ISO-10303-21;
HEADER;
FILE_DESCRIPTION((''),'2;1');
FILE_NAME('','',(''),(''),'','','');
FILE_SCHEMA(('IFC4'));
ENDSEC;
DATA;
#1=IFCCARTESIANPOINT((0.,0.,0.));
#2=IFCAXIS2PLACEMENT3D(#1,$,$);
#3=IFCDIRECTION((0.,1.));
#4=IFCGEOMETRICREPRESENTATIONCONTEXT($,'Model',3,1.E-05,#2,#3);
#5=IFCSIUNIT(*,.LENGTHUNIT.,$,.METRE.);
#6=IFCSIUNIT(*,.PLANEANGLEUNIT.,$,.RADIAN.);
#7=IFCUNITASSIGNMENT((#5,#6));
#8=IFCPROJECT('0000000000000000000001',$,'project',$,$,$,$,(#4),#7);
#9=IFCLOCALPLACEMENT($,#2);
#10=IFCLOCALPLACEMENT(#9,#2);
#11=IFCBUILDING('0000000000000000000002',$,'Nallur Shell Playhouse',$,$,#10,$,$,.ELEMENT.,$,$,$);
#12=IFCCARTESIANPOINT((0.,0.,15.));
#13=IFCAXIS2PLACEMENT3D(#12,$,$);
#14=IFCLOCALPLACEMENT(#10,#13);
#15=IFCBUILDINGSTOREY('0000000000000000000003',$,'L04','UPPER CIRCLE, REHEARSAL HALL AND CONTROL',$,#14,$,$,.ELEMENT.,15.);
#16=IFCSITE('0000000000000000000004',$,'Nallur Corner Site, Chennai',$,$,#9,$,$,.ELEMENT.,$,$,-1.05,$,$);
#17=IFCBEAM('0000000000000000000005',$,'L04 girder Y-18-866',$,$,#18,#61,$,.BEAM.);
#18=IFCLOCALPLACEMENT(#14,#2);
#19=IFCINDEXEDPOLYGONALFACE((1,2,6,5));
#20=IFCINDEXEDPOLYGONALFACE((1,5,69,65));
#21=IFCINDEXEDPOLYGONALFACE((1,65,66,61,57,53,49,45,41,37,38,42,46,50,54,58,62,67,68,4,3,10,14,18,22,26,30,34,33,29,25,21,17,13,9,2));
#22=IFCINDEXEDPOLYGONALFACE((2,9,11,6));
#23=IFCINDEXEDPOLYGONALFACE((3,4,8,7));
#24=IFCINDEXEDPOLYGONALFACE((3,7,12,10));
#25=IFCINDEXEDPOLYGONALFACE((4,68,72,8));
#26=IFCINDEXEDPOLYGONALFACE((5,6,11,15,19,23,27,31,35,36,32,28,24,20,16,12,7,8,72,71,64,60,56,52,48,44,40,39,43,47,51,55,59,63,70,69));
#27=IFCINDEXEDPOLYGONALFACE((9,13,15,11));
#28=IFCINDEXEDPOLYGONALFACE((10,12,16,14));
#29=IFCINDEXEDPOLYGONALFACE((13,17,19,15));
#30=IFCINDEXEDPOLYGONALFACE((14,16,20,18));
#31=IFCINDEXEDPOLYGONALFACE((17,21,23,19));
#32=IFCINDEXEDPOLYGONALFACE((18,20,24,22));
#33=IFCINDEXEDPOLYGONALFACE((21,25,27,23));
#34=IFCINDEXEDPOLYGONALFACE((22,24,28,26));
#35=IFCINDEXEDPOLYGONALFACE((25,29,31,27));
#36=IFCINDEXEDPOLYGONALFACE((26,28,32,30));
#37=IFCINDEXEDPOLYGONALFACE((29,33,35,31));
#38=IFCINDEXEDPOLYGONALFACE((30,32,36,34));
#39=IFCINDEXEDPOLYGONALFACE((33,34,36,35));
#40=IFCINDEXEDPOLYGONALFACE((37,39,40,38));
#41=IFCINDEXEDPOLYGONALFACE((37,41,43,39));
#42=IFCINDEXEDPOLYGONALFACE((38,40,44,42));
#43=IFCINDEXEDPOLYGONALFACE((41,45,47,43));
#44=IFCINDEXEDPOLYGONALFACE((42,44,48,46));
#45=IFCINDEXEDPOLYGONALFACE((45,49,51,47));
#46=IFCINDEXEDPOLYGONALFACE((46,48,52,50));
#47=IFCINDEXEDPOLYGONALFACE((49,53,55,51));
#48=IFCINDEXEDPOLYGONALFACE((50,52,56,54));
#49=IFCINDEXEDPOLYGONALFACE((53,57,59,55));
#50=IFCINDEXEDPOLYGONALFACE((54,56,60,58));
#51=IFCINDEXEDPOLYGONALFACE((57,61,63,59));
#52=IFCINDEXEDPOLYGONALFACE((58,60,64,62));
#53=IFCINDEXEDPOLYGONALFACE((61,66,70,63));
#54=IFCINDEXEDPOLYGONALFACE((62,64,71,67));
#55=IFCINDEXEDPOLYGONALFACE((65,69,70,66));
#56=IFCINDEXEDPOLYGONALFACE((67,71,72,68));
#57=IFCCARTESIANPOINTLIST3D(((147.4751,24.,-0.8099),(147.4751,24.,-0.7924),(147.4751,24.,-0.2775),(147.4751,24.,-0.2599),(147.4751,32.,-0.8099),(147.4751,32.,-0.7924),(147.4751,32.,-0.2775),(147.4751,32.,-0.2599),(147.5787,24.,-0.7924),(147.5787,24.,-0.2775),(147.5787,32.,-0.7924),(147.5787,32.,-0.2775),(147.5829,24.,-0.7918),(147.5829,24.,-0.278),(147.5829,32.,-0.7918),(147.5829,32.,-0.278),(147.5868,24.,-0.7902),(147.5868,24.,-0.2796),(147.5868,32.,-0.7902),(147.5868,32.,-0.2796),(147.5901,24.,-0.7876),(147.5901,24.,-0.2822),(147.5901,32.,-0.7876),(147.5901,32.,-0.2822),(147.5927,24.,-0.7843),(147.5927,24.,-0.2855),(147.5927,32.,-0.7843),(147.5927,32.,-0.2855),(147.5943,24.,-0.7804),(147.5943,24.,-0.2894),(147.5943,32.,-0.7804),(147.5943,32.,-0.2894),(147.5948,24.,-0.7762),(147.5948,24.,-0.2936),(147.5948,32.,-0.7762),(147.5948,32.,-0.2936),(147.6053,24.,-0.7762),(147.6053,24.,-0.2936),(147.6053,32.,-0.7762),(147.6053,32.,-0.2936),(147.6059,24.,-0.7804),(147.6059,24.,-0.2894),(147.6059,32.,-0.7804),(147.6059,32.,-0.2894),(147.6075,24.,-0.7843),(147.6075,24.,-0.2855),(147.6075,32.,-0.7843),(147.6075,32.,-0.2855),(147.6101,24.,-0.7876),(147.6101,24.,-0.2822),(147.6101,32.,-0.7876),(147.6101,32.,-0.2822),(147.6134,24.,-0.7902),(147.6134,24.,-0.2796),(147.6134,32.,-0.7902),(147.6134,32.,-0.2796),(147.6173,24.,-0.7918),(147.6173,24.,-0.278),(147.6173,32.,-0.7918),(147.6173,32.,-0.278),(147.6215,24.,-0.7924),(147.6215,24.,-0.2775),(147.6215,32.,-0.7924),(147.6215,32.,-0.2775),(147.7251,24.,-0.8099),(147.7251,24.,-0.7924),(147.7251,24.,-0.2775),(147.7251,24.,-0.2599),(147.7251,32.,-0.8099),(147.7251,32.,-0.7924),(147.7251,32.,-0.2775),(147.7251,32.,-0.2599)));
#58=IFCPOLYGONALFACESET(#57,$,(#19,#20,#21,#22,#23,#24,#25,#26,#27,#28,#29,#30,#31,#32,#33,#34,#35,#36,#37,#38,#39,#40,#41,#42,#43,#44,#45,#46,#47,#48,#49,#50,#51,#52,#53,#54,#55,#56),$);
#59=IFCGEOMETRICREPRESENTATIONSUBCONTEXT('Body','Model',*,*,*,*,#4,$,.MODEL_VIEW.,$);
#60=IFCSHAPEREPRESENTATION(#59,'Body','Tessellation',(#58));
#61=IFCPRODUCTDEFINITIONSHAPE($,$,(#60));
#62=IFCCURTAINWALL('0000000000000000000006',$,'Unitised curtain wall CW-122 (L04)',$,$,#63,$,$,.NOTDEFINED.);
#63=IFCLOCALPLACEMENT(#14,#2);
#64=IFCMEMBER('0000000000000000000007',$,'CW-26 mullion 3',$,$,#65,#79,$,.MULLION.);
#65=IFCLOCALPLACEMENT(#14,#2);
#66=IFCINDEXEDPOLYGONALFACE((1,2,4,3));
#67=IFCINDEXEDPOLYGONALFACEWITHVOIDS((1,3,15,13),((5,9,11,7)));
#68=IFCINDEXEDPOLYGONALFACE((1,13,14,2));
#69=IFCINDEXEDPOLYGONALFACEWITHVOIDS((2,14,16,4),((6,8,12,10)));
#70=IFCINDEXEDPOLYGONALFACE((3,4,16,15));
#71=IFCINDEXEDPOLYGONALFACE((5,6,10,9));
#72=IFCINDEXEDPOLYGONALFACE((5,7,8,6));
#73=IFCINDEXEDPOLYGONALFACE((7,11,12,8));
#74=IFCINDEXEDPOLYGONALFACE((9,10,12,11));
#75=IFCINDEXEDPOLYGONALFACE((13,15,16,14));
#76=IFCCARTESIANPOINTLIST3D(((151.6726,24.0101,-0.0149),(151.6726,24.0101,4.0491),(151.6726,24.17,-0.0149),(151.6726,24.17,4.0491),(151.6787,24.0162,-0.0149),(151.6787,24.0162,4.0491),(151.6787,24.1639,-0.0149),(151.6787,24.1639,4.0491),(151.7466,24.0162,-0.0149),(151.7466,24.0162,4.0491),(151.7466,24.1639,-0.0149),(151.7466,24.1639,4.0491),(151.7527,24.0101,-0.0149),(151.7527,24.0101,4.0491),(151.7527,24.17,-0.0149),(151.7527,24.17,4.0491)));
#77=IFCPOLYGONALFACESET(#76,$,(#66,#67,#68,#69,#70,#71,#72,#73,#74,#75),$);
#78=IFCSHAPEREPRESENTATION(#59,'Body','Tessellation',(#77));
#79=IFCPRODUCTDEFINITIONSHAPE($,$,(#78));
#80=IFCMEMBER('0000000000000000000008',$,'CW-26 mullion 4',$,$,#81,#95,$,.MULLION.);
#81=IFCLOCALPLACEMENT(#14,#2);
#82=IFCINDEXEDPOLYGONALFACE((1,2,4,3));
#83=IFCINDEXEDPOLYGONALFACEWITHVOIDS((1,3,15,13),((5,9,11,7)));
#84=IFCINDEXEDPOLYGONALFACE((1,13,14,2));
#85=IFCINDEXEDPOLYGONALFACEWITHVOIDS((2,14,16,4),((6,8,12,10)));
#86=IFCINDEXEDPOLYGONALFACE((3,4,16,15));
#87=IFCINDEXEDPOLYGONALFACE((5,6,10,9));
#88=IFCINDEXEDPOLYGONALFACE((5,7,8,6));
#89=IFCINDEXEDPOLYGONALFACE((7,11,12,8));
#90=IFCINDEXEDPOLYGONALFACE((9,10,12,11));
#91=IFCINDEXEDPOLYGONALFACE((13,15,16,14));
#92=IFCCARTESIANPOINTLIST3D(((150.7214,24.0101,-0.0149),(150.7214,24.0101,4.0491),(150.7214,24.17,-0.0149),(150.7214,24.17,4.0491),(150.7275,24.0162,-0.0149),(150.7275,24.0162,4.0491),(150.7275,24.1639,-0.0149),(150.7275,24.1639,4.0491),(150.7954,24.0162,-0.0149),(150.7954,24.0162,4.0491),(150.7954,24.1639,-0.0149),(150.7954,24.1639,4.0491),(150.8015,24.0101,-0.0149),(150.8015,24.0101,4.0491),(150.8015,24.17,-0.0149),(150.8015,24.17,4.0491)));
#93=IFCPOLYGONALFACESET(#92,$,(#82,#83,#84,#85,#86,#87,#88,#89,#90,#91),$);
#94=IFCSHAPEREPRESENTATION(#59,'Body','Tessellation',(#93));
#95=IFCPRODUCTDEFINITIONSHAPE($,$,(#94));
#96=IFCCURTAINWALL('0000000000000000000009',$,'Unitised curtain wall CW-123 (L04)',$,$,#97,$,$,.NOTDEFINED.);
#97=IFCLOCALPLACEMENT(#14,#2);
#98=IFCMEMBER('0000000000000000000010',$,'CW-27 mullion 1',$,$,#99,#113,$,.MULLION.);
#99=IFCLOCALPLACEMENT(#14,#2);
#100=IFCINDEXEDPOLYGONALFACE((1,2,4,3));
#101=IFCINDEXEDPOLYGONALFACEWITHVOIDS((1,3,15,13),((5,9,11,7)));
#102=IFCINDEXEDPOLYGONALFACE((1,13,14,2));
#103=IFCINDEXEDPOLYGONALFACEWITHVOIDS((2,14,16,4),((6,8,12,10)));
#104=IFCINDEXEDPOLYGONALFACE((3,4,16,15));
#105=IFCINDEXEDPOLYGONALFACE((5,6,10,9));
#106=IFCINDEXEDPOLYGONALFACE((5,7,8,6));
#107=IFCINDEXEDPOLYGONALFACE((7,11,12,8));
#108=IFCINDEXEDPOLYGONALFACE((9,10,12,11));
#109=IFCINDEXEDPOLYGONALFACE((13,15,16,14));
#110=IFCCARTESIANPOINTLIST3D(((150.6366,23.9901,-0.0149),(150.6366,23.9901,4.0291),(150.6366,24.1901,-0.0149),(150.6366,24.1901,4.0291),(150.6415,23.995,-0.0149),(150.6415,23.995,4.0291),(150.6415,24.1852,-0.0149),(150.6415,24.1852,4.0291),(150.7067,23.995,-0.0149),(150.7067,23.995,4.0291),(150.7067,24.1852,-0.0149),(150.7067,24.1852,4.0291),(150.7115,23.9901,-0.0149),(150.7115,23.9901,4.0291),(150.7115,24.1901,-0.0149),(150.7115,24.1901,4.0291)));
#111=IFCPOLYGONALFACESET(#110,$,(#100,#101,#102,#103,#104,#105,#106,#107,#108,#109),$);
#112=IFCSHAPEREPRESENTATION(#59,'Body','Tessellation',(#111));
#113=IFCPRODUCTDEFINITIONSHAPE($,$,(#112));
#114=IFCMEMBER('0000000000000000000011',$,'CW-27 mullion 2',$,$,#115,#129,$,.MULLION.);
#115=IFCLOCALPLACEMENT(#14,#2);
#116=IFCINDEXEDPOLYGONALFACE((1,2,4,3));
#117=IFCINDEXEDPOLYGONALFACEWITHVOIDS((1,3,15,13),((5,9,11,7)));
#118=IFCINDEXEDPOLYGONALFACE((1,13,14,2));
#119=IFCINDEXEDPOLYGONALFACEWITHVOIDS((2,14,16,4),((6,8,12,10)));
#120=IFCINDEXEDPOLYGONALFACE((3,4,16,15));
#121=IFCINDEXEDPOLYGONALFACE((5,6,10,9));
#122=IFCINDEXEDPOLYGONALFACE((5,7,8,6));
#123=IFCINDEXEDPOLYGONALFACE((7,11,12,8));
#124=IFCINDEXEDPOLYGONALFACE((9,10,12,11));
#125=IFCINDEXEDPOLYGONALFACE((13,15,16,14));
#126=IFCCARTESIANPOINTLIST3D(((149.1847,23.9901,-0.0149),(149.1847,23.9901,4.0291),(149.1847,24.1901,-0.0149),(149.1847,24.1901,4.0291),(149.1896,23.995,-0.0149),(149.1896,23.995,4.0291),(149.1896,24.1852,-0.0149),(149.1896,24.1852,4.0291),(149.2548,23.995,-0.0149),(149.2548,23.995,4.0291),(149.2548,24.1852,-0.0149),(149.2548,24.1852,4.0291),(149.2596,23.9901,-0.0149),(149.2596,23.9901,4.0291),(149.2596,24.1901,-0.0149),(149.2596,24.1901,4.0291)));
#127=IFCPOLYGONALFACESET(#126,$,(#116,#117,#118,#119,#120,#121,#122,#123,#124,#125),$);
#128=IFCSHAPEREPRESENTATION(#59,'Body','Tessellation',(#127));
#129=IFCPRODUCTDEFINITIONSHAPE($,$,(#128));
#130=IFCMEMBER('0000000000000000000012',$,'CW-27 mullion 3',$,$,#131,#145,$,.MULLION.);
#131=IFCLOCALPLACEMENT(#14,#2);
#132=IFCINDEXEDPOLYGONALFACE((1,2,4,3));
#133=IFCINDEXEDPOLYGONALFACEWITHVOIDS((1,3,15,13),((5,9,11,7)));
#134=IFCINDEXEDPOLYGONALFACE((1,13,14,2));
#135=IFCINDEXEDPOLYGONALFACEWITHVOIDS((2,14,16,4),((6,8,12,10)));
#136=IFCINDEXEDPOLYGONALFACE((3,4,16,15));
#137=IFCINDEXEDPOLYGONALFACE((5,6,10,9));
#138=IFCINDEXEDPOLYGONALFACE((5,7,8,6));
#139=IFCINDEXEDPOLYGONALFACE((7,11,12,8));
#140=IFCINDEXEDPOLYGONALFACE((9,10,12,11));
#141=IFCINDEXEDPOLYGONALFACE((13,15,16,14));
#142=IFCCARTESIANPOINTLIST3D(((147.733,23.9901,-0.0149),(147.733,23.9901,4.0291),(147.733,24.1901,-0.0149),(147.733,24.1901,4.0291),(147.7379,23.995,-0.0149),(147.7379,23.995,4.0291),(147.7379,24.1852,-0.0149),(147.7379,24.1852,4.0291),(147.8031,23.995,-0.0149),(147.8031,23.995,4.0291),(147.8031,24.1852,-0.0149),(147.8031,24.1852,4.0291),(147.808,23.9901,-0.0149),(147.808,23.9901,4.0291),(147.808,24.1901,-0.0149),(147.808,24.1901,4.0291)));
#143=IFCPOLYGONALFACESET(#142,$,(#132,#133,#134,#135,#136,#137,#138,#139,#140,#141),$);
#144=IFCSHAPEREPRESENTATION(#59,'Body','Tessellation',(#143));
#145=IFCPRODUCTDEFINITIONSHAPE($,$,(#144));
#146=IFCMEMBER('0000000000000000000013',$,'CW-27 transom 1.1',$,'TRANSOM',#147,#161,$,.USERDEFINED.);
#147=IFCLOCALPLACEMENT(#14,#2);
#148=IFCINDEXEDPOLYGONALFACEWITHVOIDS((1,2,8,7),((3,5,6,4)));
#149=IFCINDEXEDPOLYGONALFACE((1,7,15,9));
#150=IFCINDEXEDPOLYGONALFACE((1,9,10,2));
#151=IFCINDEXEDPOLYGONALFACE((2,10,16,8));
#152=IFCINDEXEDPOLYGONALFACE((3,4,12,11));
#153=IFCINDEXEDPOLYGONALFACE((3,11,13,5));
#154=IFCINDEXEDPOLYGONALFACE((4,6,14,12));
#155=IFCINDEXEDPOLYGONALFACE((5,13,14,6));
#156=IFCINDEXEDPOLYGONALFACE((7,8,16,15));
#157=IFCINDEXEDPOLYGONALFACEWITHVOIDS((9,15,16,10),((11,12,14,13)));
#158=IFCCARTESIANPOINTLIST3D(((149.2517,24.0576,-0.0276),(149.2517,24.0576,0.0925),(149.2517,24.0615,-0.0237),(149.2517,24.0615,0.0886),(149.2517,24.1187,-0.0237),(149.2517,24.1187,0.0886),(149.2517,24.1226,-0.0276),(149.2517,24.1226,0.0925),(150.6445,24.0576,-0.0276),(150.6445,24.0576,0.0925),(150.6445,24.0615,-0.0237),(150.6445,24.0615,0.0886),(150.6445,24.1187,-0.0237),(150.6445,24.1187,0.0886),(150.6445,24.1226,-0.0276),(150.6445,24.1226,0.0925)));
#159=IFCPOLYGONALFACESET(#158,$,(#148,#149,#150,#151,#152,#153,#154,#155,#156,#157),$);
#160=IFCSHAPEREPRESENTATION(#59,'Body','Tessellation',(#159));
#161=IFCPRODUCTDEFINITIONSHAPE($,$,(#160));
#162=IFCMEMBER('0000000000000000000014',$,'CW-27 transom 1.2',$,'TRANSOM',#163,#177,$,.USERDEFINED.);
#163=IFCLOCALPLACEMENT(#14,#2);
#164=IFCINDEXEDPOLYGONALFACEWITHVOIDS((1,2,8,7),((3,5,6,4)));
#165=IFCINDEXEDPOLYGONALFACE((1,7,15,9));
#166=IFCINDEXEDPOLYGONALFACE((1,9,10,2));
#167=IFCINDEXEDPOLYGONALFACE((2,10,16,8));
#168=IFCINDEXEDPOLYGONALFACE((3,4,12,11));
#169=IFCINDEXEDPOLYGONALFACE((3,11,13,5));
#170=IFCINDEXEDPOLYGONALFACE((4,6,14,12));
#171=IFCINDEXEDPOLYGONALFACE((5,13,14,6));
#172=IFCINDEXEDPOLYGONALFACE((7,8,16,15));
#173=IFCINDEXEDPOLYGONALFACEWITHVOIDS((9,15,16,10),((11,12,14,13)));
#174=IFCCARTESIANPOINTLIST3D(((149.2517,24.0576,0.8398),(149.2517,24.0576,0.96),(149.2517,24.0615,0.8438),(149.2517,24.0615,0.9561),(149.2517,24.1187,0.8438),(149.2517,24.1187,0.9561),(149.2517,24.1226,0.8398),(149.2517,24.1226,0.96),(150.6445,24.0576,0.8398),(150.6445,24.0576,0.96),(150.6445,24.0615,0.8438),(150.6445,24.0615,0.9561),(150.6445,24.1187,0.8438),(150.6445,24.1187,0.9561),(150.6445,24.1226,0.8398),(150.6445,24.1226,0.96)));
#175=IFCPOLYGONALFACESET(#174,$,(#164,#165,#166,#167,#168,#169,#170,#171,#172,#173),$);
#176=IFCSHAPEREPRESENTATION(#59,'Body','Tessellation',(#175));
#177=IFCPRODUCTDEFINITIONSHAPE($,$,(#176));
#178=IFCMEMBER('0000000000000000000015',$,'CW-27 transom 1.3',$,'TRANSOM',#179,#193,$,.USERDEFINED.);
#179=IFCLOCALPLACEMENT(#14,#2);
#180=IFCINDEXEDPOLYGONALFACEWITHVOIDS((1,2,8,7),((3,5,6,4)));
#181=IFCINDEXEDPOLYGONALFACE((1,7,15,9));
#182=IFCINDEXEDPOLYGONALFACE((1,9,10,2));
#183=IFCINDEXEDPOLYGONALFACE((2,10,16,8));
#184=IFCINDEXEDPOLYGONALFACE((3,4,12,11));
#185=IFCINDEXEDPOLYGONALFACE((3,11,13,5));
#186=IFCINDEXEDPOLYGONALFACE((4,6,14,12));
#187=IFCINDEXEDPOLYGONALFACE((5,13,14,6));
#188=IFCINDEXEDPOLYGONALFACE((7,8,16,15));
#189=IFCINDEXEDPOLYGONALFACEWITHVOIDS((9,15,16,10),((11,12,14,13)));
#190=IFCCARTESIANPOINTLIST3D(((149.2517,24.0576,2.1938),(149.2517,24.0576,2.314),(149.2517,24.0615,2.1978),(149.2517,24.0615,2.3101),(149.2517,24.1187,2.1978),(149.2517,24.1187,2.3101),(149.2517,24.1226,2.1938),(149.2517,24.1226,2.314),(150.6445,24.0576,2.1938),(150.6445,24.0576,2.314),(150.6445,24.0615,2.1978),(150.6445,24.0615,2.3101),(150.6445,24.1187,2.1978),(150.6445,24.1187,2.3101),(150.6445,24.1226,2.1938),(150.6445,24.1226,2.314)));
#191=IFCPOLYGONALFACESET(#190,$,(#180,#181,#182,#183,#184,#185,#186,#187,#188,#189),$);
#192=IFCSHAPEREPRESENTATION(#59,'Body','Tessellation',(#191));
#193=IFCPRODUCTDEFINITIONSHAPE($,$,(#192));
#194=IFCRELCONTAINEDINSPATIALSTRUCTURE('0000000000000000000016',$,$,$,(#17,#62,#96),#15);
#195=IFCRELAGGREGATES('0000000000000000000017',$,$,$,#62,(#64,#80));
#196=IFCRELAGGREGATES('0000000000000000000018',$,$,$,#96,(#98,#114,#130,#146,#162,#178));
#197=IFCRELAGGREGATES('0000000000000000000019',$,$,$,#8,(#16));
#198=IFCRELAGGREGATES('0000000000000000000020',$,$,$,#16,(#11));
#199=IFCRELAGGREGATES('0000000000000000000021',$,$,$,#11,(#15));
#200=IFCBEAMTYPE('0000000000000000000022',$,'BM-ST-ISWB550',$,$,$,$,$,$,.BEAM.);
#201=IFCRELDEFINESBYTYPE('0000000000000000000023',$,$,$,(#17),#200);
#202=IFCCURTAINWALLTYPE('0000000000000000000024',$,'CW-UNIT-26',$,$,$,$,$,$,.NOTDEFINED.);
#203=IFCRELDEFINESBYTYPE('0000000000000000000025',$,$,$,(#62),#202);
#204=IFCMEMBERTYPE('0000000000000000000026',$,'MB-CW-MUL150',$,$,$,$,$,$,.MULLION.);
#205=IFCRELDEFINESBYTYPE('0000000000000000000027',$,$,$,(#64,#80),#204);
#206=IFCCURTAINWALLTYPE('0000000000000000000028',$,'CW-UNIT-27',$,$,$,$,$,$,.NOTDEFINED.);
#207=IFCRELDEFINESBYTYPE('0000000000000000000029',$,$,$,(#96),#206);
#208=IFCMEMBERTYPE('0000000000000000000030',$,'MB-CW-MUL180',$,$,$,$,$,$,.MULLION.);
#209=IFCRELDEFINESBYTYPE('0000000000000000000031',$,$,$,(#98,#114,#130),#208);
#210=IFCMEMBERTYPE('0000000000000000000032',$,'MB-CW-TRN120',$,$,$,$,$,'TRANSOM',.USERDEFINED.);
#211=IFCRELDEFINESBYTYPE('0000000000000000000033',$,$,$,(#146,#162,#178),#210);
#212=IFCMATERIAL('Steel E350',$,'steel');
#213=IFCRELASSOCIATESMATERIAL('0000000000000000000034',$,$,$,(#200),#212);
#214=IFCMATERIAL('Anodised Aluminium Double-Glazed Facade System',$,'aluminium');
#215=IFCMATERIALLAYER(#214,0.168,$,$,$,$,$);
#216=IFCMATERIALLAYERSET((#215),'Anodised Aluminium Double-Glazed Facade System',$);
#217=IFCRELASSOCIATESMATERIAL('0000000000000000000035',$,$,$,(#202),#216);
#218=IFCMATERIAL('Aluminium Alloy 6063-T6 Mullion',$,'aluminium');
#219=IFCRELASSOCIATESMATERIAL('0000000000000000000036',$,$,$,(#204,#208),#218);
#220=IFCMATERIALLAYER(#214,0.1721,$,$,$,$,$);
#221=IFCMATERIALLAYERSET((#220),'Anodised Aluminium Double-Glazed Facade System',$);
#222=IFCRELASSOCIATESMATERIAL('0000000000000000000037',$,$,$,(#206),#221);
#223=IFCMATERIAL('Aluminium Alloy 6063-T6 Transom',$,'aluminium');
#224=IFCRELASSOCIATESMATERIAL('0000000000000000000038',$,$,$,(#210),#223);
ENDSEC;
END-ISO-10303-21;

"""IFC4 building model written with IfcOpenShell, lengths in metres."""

from ifc_helpers import new_model, si_unit, direction, frame, origin, origin_2d, place, context, subcontext, project, spatial, hollow_rectangle, i_section, extrude, material, layer, layer_set, material_profile, profile_set, type_object, element, aggregate, save


model = new_model("IFC4")

# Units and contexts
model_context = context("Model", 3, precision=1e-05, world=origin(), true_north=direction((0.0, 1.0)))
body_context = subcontext(model_context, "Body", "Model", "MODEL_VIEW")
ifc_project = project(units=[si_unit("LENGTHUNIT", "METRE"), si_unit("PLANEANGLEUNIT", "RADIAN")], contexts=[model_context])

# Site, building, storey
site_placement = place(None, origin())
site = spatial("IfcSite", under=ifc_project, at=site_placement, Name="Nallur Corner Site, Chennai", CompositionType="ELEMENT", RefElevation=-1.05)
building_placement = place(site_placement, origin())
building = spatial("IfcBuilding", under=site, at=building_placement, Name="Nallur Shell Playhouse", CompositionType="ELEMENT")
storey_placement = place(building_placement, frame((0.0, 0.0, 15.0)))
storey = spatial("IfcBuildingStorey", under=building, at=storey_placement, Name="L04", Description="UPPER CIRCLE, REHEARSAL HALL AND CONTROL", CompositionType="ELEMENT", Elevation=15.0)

# Beam
ifc_material_1 = material(Name="Steel E350", Category="steel")
ifc_material_profile_1 = material_profile(ifc_material_1, i_section(OverallWidth=0.25, OverallDepth=0.55, WebThickness=0.0105, FlangeThickness=0.0176, FilletRadius=0.0161, at=origin_2d()), Name="ISWB 550")
ifc_profile_set_1 = profile_set([ifc_material_profile_1], Name="Steel E350")
beam_type = type_object("IfcBeamType", Name="BM-ST-ISWB550", PredefinedType="BEAM", material=ifc_profile_set_1)
beam_placement = place(storey_placement, frame((147.6001, 24.0, -0.5349), z_axis=(0.0, 1.0, 0.0), x_axis=(-1.0, 0.0, 0.0)))
element("IfcBeam", 1, at=beam_placement, inside=storey, type_object=beam_type, Name="L04 girder Y-18-866", PredefinedType="BEAM", context=body_context, shape_type="SweptSolid", body=[
    extrude(i_section(OverallWidth=0.25, OverallDepth=0.55, WebThickness=0.0105, FlangeThickness=0.0176, FilletRadius=0.0161, at=origin_2d()), origin(), (0.0, 0.0, 1.0), 8.0),
])

# Curtain walls, members
ifc_material_2 = material(Name="Anodised Aluminium Double-Glazed Facade System", Category="aluminium")
ifc_layer_1 = layer(ifc_material_2, 0.168)
ifc_layer_set_1 = layer_set([ifc_layer_1], Name="Anodised Aluminium Double-Glazed Facade System")
curtain_wall_type_1 = type_object("IfcCurtainWallType", Name="CW-UNIT-26", PredefinedType="NOTDEFINED", material=ifc_layer_set_1)
curtain_wall_1_placement = place(storey_placement, origin())
curtain_wall_1 = element("IfcCurtainWall", 2, at=curtain_wall_1_placement, inside=storey, type_object=curtain_wall_type_1, Name="Unitised curtain wall CW-122 (L04)", PredefinedType="NOTDEFINED")
ifc_material_3 = material(Name="Aluminium Alloy 6063-T6 Mullion", Category="aluminium")
ifc_material_profile_2 = material_profile(ifc_material_3, hollow_rectangle(XDim=0.0801, YDim=0.1599, WallThickness=0.0061, at=origin_2d()), Name="RHS 160x80x6")
ifc_profile_set_2 = profile_set([ifc_material_profile_2], Name="Aluminium Alloy 6063-T6 Mullion")
member_type_1 = type_object("IfcMemberType", Name="MB-CW-MUL150", PredefinedType="MULLION", material=ifc_profile_set_2)
member_1_placement = place(storey_placement, frame((151.7126, 24.0901, -0.0149), z_axis=(0.0, 0.0, 1.0), x_axis=(-1.0, 0.0, 0.0)))
member_1 = element("IfcMember", 3, at=member_1_placement, type_object=member_type_1, Name="CW-26 mullion 3", PredefinedType="MULLION", context=body_context, shape_type="SweptSolid", body=[
    extrude(hollow_rectangle(XDim=0.0801, YDim=0.1599, WallThickness=0.0061, at=origin_2d()), origin(), (0.0, 0.0, 1.0), 4.064),
])
member_2_placement = place(storey_placement, frame((150.7615, 24.0901, -0.0149), z_axis=(0.0, 0.0, 1.0), x_axis=(-1.0, 0.0, 0.0)))
member_2 = element("IfcMember", 4, at=member_2_placement, type_object=member_type_1, Name="CW-26 mullion 4", PredefinedType="MULLION", context=body_context, shape_type="SweptSolid", body=[
    extrude(hollow_rectangle(XDim=0.0801, YDim=0.1599, WallThickness=0.0061, at=origin_2d()), origin(), (0.0, 0.0, 1.0), 4.064),
])
ifc_layer_2 = layer(ifc_material_2, 0.1721)
ifc_layer_set_2 = layer_set([ifc_layer_2], Name="Anodised Aluminium Double-Glazed Facade System")
curtain_wall_type_2 = type_object("IfcCurtainWallType", Name="CW-UNIT-27", PredefinedType="NOTDEFINED", material=ifc_layer_set_2)
curtain_wall_2_placement = place(storey_placement, origin())
curtain_wall_2 = element("IfcCurtainWall", 5, at=curtain_wall_2_placement, inside=storey, type_object=curtain_wall_type_2, Name="Unitised curtain wall CW-123 (L04)", PredefinedType="NOTDEFINED")
ifc_material_profile_3 = material_profile(ifc_material_3, hollow_rectangle(XDim=0.075, YDim=0.2, WallThickness=0.0049, at=origin_2d()), Name="ALU 75x200x5")
ifc_profile_set_3 = profile_set([ifc_material_profile_3], Name="Aluminium Alloy 6063-T6 Mullion")
member_type_2 = type_object("IfcMemberType", Name="MB-CW-MUL180", PredefinedType="MULLION", material=ifc_profile_set_3)
member_3_placement = place(storey_placement, frame((150.6741, 24.0901, -0.0149), z_axis=(0.0, 0.0, 1.0), x_axis=(-1.0, 0.0, 0.0)))
member_3 = element("IfcMember", 6, at=member_3_placement, type_object=member_type_2, Name="CW-27 mullion 1", PredefinedType="MULLION", context=body_context, shape_type="SweptSolid", body=[
    extrude(hollow_rectangle(XDim=0.075, YDim=0.2, WallThickness=0.0049, at=origin_2d()), origin(), (0.0, 0.0, 1.0), 4.0439),
])
member_4_placement = place(storey_placement, frame((149.2222, 24.0901, -0.0149), z_axis=(0.0, 0.0, 1.0), x_axis=(-1.0, 0.0, 0.0)))
member_4 = element("IfcMember", 7, at=member_4_placement, type_object=member_type_2, Name="CW-27 mullion 2", PredefinedType="MULLION", context=body_context, shape_type="SweptSolid", body=[
    extrude(hollow_rectangle(XDim=0.075, YDim=0.2, WallThickness=0.0049, at=origin_2d()), origin(), (0.0, 0.0, 1.0), 4.0439),
])
member_5_placement = place(storey_placement, frame((147.7705, 24.0901, -0.0149), z_axis=(0.0, 0.0, 1.0), x_axis=(-1.0, 0.0, 0.0)))
member_5 = element("IfcMember", 8, at=member_5_placement, type_object=member_type_2, Name="CW-27 mullion 3", PredefinedType="MULLION", context=body_context, shape_type="SweptSolid", body=[
    extrude(hollow_rectangle(XDim=0.075, YDim=0.2, WallThickness=0.0049, at=origin_2d()), origin(), (0.0, 0.0, 1.0), 4.0439),
])
ifc_material_4 = material(Name="Aluminium Alloy 6063-T6 Transom", Category="aluminium")
ifc_material_profile_4 = material_profile(ifc_material_4, hollow_rectangle(XDim=0.0649, YDim=0.1201, WallThickness=0.0039, at=origin_2d()), Name="ALU 65x120x4")
ifc_profile_set_4 = profile_set([ifc_material_profile_4], Name="Aluminium Alloy 6063-T6 Transom")
member_type_3 = type_object("IfcMemberType", Name="MB-CW-TRN120", ElementType="TRANSOM", PredefinedType="USERDEFINED", material=ifc_profile_set_4)
member_6_placement = place(storey_placement, frame((150.6445, 24.0901, 0.0325), z_axis=(-1.0, 0.0, 0.0), x_axis=(0.0, -1.0, 0.0)))
member_6 = element("IfcMember", 9, at=member_6_placement, type_object=member_type_3, Name="CW-27 transom 1.1", ObjectType="TRANSOM", PredefinedType="USERDEFINED", context=body_context, shape_type="SweptSolid", body=[
    extrude(hollow_rectangle(XDim=0.0649, YDim=0.1201, WallThickness=0.0039, at=origin_2d()), origin(), (0.0, 0.0, 1.0), 1.3928),
])
member_7_placement = place(storey_placement, frame((150.6445, 24.0901, 0.8999), z_axis=(-1.0, 0.0, 0.0), x_axis=(0.0, -1.0, 0.0)))
member_7 = element("IfcMember", 10, at=member_7_placement, type_object=member_type_3, Name="CW-27 transom 1.2", ObjectType="TRANSOM", PredefinedType="USERDEFINED", context=body_context, shape_type="SweptSolid", body=[
    extrude(hollow_rectangle(XDim=0.0649, YDim=0.1201, WallThickness=0.0039, at=origin_2d()), origin(), (0.0, 0.0, 1.0), 1.3928),
])
member_8_placement = place(storey_placement, frame((150.6445, 24.0901, 2.2539), z_axis=(-1.0, 0.0, 0.0), x_axis=(0.0, -1.0, 0.0)))
member_8 = element("IfcMember", 11, at=member_8_placement, type_object=member_type_3, Name="CW-27 transom 1.3", ObjectType="TRANSOM", PredefinedType="USERDEFINED", context=body_context, shape_type="SweptSolid", body=[
    extrude(hollow_rectangle(XDim=0.0649, YDim=0.1201, WallThickness=0.0039, at=origin_2d()), origin(), (0.0, 0.0, 1.0), 1.3928),
])

aggregate(curtain_wall_1, [member_1, member_2])
aggregate(curtain_wall_2, [member_3, member_4, member_5, member_6, member_7, member_8])

save(model, "model.ifc")
